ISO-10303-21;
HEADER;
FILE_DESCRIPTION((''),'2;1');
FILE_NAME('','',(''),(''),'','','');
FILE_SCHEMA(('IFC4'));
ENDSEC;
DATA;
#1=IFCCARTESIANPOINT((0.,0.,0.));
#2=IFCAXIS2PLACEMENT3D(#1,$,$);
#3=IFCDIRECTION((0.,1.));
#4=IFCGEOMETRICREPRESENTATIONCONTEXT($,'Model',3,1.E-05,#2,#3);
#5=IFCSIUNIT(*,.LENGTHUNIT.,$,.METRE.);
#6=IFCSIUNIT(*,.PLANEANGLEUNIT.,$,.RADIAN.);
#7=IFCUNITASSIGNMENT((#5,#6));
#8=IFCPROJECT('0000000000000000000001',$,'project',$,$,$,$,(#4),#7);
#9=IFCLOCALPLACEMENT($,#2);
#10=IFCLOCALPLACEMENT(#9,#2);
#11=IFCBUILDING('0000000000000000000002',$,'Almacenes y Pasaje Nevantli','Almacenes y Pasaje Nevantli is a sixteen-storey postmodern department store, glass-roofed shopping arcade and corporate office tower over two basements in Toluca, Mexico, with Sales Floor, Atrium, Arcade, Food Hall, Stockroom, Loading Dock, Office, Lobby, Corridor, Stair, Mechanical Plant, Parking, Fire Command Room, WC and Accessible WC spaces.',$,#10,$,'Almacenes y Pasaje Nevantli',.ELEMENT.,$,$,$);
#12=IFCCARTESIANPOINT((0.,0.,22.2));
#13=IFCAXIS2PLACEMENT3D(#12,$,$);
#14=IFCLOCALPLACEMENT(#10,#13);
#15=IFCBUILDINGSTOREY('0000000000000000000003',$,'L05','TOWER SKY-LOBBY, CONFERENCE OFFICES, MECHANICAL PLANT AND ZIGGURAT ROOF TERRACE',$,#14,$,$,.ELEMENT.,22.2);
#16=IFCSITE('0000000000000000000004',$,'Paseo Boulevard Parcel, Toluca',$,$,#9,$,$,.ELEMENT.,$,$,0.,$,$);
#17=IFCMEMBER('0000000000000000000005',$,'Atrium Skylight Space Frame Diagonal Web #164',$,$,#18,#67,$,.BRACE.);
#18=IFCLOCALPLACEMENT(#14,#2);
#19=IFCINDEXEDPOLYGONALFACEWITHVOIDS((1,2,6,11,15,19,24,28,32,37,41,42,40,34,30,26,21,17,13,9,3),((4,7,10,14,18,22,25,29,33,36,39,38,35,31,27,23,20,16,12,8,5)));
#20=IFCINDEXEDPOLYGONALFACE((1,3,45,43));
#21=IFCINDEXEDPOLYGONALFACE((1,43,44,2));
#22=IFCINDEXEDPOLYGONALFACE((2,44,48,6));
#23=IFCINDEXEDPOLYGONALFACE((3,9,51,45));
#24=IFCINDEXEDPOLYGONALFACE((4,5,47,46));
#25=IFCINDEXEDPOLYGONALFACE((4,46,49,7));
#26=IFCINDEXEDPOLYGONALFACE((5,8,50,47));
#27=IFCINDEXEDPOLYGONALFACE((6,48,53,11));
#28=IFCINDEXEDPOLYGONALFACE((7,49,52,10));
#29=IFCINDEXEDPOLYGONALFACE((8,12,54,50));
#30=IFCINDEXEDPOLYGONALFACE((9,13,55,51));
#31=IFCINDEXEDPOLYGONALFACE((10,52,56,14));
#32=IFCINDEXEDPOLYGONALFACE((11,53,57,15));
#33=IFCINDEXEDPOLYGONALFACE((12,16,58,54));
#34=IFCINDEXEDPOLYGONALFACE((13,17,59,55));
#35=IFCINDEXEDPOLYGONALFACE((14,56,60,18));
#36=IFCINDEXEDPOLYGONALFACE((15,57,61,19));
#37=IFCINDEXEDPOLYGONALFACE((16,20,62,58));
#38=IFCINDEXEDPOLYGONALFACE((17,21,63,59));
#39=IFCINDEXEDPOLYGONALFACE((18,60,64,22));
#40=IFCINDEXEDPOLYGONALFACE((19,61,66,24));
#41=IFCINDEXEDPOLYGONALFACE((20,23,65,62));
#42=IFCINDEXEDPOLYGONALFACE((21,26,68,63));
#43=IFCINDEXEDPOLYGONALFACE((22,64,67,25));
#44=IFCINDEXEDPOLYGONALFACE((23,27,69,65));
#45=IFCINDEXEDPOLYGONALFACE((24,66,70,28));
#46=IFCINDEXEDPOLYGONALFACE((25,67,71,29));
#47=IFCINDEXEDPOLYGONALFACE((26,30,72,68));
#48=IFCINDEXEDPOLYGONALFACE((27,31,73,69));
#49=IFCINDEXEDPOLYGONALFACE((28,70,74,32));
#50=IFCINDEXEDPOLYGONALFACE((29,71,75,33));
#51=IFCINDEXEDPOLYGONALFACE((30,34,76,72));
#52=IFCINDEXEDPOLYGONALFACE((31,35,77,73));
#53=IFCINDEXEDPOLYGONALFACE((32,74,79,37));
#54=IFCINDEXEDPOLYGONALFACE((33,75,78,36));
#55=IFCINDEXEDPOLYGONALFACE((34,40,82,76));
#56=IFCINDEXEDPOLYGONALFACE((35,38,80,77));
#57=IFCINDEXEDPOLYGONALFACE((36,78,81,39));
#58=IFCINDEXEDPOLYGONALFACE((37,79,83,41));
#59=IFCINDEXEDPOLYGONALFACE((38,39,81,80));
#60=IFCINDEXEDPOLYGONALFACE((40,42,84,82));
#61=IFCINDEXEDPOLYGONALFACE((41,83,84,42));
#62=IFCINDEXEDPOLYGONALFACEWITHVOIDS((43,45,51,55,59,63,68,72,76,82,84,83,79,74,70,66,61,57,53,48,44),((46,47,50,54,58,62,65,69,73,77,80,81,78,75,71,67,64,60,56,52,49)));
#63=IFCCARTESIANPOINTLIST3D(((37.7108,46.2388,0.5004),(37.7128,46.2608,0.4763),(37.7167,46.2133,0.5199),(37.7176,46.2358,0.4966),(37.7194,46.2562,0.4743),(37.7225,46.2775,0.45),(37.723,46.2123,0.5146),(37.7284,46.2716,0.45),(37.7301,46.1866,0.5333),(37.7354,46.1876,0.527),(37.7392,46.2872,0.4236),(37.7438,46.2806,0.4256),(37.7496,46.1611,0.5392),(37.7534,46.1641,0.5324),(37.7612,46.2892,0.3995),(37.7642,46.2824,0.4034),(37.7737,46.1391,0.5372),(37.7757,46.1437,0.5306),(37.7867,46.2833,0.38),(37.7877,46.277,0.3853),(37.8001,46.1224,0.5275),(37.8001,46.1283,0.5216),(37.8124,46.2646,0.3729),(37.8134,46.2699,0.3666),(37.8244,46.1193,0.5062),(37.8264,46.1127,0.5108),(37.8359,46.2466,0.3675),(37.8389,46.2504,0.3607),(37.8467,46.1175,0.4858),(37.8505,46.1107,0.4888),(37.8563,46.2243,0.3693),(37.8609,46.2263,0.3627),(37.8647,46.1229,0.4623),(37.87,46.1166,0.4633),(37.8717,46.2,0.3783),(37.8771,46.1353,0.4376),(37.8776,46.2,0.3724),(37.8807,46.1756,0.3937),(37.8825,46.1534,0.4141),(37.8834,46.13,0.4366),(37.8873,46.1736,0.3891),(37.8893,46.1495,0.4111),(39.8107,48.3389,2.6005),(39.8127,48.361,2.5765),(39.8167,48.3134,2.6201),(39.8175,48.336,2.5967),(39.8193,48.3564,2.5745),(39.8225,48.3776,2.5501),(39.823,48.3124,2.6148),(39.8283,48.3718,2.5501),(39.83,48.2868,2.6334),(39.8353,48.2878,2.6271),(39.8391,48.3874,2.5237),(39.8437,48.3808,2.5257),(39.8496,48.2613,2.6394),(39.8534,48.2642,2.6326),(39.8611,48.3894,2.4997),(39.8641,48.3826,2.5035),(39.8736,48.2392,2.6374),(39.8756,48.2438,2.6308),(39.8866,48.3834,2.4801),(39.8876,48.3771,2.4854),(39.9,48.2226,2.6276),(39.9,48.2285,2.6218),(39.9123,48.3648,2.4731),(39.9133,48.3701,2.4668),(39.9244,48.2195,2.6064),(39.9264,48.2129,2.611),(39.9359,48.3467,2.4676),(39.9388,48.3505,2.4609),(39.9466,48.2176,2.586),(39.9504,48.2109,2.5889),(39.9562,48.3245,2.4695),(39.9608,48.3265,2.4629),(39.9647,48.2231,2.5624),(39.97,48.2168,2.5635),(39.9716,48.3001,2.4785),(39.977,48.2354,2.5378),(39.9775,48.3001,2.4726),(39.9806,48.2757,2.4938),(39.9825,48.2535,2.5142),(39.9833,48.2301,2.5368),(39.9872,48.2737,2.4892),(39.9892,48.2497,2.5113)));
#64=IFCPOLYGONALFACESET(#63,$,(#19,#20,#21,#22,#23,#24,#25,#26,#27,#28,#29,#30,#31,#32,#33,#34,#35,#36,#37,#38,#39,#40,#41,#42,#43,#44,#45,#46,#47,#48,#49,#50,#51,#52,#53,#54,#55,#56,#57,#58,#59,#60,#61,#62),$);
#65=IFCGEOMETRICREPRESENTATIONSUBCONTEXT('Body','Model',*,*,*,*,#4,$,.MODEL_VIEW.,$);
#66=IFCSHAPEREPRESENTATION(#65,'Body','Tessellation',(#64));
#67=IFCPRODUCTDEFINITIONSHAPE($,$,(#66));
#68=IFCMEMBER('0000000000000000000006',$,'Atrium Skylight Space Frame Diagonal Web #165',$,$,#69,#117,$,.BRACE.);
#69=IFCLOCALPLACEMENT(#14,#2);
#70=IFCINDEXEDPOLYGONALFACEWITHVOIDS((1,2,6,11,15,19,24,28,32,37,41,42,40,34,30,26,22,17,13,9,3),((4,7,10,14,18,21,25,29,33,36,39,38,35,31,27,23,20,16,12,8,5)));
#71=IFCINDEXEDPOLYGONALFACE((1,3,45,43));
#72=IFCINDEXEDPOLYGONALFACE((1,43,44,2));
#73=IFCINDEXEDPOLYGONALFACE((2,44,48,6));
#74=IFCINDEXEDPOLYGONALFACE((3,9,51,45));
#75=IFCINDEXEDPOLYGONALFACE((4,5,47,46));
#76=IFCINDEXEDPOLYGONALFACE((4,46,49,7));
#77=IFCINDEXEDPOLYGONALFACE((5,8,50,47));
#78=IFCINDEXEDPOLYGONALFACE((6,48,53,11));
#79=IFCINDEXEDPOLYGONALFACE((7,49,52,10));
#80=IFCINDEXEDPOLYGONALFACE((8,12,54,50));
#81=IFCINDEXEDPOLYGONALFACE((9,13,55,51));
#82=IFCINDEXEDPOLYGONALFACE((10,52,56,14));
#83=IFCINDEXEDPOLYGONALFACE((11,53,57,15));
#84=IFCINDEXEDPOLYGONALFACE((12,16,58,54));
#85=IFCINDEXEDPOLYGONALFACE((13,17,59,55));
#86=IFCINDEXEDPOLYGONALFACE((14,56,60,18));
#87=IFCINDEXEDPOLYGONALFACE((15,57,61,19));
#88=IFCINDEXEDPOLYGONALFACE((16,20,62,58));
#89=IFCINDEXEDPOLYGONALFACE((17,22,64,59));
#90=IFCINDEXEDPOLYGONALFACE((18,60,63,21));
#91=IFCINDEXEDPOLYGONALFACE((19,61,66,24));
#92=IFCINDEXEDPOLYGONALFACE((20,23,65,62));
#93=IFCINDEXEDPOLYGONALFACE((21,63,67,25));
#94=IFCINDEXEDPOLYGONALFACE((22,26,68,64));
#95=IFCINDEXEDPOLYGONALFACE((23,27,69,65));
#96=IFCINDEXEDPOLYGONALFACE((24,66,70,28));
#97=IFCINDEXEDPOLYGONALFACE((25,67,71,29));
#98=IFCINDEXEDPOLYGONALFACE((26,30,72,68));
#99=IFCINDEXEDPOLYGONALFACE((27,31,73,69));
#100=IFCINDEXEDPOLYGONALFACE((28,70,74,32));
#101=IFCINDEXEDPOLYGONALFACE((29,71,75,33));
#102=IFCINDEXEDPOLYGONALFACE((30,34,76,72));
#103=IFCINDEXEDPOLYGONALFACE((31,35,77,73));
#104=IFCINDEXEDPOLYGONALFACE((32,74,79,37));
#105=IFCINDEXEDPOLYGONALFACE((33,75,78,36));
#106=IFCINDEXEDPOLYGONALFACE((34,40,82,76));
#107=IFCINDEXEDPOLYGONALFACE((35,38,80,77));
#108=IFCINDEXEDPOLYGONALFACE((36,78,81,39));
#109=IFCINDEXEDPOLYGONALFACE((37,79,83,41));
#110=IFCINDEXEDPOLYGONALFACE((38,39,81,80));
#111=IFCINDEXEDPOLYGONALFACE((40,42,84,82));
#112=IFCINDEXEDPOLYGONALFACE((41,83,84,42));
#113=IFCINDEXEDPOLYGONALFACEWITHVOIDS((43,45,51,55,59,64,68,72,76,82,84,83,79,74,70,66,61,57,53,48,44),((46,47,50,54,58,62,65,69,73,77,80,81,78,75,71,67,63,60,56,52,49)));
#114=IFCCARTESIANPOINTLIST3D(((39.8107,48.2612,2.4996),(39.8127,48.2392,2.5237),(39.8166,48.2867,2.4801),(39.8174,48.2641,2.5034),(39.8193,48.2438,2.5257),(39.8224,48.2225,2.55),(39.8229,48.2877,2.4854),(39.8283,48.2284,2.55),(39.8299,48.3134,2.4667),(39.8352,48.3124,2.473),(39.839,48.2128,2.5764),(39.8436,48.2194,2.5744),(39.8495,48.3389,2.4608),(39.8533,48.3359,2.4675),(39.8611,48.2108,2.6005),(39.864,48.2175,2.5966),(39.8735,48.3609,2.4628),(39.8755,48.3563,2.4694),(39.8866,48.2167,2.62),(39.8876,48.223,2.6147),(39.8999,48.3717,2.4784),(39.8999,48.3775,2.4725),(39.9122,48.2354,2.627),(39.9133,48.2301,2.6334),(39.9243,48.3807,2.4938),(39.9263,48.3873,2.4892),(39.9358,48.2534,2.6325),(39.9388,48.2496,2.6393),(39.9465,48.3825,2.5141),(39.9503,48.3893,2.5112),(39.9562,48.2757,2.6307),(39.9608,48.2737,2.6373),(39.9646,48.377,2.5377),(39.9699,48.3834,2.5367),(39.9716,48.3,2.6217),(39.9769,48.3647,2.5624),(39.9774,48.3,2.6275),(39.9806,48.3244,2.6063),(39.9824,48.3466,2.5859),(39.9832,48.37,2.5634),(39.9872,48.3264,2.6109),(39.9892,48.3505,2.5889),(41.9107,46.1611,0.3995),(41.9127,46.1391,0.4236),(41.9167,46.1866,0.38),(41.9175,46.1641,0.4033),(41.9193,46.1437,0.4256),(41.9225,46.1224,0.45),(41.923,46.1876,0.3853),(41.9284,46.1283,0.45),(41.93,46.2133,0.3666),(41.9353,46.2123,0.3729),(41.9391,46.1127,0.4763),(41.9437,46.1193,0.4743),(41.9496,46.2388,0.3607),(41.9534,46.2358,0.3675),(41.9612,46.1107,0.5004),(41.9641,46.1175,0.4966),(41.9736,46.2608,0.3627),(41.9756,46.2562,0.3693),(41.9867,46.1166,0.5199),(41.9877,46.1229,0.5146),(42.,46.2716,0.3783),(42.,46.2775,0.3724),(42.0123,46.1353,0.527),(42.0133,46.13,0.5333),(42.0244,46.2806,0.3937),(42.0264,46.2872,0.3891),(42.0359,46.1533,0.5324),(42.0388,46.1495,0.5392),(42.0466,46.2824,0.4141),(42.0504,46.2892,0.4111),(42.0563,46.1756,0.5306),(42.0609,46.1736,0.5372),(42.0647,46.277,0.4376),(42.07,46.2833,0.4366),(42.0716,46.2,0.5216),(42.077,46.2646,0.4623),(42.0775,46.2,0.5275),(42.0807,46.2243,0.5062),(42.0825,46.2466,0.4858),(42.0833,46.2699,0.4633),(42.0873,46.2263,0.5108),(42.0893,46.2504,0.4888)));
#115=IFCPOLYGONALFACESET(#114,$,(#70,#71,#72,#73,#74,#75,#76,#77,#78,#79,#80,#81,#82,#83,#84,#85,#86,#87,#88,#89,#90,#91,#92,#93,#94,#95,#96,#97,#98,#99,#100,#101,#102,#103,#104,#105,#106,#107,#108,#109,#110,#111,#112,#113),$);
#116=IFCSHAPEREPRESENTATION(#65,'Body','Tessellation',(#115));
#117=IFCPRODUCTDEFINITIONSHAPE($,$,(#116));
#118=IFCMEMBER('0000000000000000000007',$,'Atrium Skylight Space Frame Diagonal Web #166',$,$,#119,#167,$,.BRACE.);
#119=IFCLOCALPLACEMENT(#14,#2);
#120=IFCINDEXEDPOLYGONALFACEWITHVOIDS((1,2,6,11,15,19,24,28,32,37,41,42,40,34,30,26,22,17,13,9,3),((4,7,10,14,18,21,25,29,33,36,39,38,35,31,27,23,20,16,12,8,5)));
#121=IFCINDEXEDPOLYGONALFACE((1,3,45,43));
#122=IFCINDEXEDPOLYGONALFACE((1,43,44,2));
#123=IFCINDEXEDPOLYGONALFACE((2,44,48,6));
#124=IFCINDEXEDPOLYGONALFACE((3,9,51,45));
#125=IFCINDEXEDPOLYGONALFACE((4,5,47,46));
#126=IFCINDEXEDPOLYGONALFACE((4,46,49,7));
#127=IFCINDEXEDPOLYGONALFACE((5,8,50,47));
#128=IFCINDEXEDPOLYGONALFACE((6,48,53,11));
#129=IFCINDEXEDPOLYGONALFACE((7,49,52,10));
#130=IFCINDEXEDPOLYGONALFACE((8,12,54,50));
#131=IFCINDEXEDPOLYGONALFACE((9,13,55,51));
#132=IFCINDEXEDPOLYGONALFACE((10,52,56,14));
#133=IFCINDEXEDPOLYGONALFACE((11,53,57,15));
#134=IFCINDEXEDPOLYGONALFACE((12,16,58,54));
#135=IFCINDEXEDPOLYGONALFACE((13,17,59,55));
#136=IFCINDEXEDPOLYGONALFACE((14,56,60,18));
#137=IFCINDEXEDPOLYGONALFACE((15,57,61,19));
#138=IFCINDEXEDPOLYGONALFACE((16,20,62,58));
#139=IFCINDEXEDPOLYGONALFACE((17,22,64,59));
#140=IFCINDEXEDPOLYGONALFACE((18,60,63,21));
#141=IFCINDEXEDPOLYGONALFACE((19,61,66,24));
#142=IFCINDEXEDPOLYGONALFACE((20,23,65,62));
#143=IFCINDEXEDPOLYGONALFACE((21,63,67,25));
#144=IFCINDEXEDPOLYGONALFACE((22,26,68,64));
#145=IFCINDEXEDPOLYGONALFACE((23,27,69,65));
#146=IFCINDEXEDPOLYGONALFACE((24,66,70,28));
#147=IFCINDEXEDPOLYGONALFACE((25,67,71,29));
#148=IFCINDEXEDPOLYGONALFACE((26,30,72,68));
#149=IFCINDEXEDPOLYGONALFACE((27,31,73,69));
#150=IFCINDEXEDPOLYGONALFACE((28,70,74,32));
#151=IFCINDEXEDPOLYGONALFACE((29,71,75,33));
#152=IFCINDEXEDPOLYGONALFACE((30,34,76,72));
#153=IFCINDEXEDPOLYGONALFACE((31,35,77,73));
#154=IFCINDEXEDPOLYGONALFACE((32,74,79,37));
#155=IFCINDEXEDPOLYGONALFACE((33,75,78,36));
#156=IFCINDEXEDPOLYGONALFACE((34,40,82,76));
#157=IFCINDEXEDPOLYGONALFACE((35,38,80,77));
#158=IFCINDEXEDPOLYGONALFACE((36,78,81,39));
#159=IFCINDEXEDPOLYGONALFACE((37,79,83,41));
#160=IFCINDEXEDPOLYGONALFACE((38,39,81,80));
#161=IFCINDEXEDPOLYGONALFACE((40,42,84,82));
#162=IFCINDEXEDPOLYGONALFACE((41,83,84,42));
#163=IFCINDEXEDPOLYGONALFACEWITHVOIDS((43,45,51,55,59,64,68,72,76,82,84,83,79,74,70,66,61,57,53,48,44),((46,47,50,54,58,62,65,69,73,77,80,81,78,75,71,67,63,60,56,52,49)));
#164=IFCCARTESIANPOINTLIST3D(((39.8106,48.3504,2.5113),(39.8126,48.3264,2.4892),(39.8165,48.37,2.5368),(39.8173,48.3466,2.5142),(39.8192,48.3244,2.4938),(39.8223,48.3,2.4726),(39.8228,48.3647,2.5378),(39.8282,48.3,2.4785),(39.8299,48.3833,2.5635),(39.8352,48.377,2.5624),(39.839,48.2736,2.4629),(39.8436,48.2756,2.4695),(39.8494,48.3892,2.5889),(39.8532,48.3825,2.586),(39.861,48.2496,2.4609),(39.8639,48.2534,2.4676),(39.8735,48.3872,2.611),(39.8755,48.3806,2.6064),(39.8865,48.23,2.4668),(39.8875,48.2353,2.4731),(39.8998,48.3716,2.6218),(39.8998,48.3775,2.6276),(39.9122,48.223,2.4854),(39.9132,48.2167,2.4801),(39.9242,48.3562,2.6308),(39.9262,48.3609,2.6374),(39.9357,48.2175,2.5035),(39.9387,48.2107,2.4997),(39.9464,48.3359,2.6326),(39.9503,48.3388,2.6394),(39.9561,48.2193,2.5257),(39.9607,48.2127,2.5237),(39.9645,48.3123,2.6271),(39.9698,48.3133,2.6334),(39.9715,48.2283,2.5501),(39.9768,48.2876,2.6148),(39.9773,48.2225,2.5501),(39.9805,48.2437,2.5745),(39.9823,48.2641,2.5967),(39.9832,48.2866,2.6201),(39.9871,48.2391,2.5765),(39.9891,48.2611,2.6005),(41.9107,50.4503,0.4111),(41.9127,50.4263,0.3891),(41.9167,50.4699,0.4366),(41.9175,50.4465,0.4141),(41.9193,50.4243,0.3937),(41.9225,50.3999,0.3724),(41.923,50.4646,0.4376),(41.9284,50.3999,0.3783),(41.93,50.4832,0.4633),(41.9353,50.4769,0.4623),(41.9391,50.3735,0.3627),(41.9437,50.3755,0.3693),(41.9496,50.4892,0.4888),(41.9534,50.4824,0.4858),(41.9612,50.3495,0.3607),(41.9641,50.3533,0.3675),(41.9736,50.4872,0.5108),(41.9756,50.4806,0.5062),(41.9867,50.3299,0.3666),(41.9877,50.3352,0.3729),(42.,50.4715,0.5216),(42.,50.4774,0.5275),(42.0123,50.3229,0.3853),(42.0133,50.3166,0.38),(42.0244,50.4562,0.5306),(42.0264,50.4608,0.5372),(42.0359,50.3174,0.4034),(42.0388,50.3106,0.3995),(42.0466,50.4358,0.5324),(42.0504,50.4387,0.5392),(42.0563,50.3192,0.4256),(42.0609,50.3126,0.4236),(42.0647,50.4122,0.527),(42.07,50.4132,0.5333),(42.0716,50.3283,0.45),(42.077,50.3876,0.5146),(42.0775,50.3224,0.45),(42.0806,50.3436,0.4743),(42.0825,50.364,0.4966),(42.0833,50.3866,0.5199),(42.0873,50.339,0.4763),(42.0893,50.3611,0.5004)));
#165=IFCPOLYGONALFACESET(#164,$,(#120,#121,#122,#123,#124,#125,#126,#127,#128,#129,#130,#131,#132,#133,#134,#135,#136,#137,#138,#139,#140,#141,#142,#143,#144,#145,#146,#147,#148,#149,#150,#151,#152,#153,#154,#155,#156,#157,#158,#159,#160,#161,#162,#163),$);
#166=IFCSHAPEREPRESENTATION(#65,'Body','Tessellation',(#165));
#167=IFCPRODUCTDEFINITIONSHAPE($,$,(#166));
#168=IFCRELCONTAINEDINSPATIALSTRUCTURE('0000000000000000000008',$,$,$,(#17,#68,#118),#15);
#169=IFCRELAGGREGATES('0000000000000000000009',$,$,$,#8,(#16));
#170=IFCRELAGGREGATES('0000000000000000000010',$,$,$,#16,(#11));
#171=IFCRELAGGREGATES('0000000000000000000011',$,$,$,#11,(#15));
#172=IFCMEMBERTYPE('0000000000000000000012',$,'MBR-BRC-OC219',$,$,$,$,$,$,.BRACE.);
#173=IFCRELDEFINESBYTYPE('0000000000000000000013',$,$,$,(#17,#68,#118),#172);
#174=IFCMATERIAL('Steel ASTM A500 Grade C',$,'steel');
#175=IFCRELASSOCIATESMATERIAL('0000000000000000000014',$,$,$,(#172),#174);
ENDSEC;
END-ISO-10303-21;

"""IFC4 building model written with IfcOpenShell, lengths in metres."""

from ifc_helpers import new_model, si_unit, direction, frame, origin, origin_2d, place, context, subcontext, project, spatial, hollow_circle, extrude, material, material_profile, profile_set, type_object, element, save


model = new_model("IFC4")

# Units and contexts
model_context = context("Model", 3, precision=1e-05, world=origin(), true_north=direction((0.0, 1.0)))
body_context = subcontext(model_context, "Body", "Model", "MODEL_VIEW")
ifc_project = project(units=[si_unit("LENGTHUNIT", "METRE"), si_unit("PLANEANGLEUNIT", "RADIAN")], contexts=[model_context])

# Site, building, storey
site_placement = place(None, origin())
site = spatial("IfcSite", under=ifc_project, at=site_placement, Name="Paseo Boulevard Parcel, Toluca", CompositionType="ELEMENT", RefElevation=0.0)
building_placement = place(site_placement, origin())
building = spatial("IfcBuilding", under=site, at=building_placement, Name="Almacenes y Pasaje Nevantli", Description="Almacenes y Pasaje Nevantli is a sixteen-storey postmodern department store, glass-roofed shopping arcade and corporate office tower over two basements in Toluca, Mexico, with Sales Floor, Atrium, Arcade, Food Hall, Stockroom, Loading Dock, Office, Lobby, Corridor, Stair, Mechanical Plant, Parking, Fire Command Room, WC and Accessible WC spaces.", LongName="Almacenes y Pasaje Nevantli", CompositionType="ELEMENT")
storey_placement = place(building_placement, frame((0.0, 0.0, 22.2)))
storey = spatial("IfcBuildingStorey", under=building, at=storey_placement, Name="L05", Description="TOWER SKY-LOBBY, CONFERENCE OFFICES, MECHANICAL PLANT AND ZIGGURAT ROOF TERRACE", CompositionType="ELEMENT", Elevation=22.2)

# Members
ifc_material_1 = material(Name="Steel ASTM A500 Grade C", Category="steel")
ifc_material_profile_1 = material_profile(ifc_material_1, hollow_circle(Radius=0.1096, WallThickness=0.0083, at=origin_2d()), Name="OC 219x8.2")
ifc_profile_set_1 = profile_set([ifc_material_profile_1], Name="Steel ASTM A500 Grade C")
member_type_1 = type_object("IfcMemberType", Name="MBR-BRC-OC219", PredefinedType="BRACE", material=ifc_profile_set_1)
for number, where, z_axis, x_axis, name in (
    (1, (37.8, 46.2, 0.45), (0.577306, 0.577373, 0.577373), (-0.707148, 0.707066, 0.0), "Atrium Skylight Space Frame Diagonal Web #164"),
    (2, (42.0, 46.2, 0.45), (-0.57735, 0.57735, 0.57735), (-0.707107, -0.707107, 0.0), "Atrium Skylight Space Frame Diagonal Web #165"),
    (3, (42.0, 50.3999, 0.45), (-0.577373, -0.577306, 0.577373), (0.707066, -0.707148, 0.0), "Atrium Skylight Space Frame Diagonal Web #166"),
):
    element("IfcMember", number, at=place(storey_placement, frame(where, z_axis=z_axis, x_axis=x_axis)), inside=storey, type_object=member_type_1, Name=name, PredefinedType="BRACE", context=body_context, shape_type="SweptSolid", body=[
        extrude(hollow_circle(Radius=0.1096, WallThickness=0.0083, at=origin_2d()), origin(), (0.0, 0.0, 1.0), 3.6375),
    ])

save(model, "model.ifc")
